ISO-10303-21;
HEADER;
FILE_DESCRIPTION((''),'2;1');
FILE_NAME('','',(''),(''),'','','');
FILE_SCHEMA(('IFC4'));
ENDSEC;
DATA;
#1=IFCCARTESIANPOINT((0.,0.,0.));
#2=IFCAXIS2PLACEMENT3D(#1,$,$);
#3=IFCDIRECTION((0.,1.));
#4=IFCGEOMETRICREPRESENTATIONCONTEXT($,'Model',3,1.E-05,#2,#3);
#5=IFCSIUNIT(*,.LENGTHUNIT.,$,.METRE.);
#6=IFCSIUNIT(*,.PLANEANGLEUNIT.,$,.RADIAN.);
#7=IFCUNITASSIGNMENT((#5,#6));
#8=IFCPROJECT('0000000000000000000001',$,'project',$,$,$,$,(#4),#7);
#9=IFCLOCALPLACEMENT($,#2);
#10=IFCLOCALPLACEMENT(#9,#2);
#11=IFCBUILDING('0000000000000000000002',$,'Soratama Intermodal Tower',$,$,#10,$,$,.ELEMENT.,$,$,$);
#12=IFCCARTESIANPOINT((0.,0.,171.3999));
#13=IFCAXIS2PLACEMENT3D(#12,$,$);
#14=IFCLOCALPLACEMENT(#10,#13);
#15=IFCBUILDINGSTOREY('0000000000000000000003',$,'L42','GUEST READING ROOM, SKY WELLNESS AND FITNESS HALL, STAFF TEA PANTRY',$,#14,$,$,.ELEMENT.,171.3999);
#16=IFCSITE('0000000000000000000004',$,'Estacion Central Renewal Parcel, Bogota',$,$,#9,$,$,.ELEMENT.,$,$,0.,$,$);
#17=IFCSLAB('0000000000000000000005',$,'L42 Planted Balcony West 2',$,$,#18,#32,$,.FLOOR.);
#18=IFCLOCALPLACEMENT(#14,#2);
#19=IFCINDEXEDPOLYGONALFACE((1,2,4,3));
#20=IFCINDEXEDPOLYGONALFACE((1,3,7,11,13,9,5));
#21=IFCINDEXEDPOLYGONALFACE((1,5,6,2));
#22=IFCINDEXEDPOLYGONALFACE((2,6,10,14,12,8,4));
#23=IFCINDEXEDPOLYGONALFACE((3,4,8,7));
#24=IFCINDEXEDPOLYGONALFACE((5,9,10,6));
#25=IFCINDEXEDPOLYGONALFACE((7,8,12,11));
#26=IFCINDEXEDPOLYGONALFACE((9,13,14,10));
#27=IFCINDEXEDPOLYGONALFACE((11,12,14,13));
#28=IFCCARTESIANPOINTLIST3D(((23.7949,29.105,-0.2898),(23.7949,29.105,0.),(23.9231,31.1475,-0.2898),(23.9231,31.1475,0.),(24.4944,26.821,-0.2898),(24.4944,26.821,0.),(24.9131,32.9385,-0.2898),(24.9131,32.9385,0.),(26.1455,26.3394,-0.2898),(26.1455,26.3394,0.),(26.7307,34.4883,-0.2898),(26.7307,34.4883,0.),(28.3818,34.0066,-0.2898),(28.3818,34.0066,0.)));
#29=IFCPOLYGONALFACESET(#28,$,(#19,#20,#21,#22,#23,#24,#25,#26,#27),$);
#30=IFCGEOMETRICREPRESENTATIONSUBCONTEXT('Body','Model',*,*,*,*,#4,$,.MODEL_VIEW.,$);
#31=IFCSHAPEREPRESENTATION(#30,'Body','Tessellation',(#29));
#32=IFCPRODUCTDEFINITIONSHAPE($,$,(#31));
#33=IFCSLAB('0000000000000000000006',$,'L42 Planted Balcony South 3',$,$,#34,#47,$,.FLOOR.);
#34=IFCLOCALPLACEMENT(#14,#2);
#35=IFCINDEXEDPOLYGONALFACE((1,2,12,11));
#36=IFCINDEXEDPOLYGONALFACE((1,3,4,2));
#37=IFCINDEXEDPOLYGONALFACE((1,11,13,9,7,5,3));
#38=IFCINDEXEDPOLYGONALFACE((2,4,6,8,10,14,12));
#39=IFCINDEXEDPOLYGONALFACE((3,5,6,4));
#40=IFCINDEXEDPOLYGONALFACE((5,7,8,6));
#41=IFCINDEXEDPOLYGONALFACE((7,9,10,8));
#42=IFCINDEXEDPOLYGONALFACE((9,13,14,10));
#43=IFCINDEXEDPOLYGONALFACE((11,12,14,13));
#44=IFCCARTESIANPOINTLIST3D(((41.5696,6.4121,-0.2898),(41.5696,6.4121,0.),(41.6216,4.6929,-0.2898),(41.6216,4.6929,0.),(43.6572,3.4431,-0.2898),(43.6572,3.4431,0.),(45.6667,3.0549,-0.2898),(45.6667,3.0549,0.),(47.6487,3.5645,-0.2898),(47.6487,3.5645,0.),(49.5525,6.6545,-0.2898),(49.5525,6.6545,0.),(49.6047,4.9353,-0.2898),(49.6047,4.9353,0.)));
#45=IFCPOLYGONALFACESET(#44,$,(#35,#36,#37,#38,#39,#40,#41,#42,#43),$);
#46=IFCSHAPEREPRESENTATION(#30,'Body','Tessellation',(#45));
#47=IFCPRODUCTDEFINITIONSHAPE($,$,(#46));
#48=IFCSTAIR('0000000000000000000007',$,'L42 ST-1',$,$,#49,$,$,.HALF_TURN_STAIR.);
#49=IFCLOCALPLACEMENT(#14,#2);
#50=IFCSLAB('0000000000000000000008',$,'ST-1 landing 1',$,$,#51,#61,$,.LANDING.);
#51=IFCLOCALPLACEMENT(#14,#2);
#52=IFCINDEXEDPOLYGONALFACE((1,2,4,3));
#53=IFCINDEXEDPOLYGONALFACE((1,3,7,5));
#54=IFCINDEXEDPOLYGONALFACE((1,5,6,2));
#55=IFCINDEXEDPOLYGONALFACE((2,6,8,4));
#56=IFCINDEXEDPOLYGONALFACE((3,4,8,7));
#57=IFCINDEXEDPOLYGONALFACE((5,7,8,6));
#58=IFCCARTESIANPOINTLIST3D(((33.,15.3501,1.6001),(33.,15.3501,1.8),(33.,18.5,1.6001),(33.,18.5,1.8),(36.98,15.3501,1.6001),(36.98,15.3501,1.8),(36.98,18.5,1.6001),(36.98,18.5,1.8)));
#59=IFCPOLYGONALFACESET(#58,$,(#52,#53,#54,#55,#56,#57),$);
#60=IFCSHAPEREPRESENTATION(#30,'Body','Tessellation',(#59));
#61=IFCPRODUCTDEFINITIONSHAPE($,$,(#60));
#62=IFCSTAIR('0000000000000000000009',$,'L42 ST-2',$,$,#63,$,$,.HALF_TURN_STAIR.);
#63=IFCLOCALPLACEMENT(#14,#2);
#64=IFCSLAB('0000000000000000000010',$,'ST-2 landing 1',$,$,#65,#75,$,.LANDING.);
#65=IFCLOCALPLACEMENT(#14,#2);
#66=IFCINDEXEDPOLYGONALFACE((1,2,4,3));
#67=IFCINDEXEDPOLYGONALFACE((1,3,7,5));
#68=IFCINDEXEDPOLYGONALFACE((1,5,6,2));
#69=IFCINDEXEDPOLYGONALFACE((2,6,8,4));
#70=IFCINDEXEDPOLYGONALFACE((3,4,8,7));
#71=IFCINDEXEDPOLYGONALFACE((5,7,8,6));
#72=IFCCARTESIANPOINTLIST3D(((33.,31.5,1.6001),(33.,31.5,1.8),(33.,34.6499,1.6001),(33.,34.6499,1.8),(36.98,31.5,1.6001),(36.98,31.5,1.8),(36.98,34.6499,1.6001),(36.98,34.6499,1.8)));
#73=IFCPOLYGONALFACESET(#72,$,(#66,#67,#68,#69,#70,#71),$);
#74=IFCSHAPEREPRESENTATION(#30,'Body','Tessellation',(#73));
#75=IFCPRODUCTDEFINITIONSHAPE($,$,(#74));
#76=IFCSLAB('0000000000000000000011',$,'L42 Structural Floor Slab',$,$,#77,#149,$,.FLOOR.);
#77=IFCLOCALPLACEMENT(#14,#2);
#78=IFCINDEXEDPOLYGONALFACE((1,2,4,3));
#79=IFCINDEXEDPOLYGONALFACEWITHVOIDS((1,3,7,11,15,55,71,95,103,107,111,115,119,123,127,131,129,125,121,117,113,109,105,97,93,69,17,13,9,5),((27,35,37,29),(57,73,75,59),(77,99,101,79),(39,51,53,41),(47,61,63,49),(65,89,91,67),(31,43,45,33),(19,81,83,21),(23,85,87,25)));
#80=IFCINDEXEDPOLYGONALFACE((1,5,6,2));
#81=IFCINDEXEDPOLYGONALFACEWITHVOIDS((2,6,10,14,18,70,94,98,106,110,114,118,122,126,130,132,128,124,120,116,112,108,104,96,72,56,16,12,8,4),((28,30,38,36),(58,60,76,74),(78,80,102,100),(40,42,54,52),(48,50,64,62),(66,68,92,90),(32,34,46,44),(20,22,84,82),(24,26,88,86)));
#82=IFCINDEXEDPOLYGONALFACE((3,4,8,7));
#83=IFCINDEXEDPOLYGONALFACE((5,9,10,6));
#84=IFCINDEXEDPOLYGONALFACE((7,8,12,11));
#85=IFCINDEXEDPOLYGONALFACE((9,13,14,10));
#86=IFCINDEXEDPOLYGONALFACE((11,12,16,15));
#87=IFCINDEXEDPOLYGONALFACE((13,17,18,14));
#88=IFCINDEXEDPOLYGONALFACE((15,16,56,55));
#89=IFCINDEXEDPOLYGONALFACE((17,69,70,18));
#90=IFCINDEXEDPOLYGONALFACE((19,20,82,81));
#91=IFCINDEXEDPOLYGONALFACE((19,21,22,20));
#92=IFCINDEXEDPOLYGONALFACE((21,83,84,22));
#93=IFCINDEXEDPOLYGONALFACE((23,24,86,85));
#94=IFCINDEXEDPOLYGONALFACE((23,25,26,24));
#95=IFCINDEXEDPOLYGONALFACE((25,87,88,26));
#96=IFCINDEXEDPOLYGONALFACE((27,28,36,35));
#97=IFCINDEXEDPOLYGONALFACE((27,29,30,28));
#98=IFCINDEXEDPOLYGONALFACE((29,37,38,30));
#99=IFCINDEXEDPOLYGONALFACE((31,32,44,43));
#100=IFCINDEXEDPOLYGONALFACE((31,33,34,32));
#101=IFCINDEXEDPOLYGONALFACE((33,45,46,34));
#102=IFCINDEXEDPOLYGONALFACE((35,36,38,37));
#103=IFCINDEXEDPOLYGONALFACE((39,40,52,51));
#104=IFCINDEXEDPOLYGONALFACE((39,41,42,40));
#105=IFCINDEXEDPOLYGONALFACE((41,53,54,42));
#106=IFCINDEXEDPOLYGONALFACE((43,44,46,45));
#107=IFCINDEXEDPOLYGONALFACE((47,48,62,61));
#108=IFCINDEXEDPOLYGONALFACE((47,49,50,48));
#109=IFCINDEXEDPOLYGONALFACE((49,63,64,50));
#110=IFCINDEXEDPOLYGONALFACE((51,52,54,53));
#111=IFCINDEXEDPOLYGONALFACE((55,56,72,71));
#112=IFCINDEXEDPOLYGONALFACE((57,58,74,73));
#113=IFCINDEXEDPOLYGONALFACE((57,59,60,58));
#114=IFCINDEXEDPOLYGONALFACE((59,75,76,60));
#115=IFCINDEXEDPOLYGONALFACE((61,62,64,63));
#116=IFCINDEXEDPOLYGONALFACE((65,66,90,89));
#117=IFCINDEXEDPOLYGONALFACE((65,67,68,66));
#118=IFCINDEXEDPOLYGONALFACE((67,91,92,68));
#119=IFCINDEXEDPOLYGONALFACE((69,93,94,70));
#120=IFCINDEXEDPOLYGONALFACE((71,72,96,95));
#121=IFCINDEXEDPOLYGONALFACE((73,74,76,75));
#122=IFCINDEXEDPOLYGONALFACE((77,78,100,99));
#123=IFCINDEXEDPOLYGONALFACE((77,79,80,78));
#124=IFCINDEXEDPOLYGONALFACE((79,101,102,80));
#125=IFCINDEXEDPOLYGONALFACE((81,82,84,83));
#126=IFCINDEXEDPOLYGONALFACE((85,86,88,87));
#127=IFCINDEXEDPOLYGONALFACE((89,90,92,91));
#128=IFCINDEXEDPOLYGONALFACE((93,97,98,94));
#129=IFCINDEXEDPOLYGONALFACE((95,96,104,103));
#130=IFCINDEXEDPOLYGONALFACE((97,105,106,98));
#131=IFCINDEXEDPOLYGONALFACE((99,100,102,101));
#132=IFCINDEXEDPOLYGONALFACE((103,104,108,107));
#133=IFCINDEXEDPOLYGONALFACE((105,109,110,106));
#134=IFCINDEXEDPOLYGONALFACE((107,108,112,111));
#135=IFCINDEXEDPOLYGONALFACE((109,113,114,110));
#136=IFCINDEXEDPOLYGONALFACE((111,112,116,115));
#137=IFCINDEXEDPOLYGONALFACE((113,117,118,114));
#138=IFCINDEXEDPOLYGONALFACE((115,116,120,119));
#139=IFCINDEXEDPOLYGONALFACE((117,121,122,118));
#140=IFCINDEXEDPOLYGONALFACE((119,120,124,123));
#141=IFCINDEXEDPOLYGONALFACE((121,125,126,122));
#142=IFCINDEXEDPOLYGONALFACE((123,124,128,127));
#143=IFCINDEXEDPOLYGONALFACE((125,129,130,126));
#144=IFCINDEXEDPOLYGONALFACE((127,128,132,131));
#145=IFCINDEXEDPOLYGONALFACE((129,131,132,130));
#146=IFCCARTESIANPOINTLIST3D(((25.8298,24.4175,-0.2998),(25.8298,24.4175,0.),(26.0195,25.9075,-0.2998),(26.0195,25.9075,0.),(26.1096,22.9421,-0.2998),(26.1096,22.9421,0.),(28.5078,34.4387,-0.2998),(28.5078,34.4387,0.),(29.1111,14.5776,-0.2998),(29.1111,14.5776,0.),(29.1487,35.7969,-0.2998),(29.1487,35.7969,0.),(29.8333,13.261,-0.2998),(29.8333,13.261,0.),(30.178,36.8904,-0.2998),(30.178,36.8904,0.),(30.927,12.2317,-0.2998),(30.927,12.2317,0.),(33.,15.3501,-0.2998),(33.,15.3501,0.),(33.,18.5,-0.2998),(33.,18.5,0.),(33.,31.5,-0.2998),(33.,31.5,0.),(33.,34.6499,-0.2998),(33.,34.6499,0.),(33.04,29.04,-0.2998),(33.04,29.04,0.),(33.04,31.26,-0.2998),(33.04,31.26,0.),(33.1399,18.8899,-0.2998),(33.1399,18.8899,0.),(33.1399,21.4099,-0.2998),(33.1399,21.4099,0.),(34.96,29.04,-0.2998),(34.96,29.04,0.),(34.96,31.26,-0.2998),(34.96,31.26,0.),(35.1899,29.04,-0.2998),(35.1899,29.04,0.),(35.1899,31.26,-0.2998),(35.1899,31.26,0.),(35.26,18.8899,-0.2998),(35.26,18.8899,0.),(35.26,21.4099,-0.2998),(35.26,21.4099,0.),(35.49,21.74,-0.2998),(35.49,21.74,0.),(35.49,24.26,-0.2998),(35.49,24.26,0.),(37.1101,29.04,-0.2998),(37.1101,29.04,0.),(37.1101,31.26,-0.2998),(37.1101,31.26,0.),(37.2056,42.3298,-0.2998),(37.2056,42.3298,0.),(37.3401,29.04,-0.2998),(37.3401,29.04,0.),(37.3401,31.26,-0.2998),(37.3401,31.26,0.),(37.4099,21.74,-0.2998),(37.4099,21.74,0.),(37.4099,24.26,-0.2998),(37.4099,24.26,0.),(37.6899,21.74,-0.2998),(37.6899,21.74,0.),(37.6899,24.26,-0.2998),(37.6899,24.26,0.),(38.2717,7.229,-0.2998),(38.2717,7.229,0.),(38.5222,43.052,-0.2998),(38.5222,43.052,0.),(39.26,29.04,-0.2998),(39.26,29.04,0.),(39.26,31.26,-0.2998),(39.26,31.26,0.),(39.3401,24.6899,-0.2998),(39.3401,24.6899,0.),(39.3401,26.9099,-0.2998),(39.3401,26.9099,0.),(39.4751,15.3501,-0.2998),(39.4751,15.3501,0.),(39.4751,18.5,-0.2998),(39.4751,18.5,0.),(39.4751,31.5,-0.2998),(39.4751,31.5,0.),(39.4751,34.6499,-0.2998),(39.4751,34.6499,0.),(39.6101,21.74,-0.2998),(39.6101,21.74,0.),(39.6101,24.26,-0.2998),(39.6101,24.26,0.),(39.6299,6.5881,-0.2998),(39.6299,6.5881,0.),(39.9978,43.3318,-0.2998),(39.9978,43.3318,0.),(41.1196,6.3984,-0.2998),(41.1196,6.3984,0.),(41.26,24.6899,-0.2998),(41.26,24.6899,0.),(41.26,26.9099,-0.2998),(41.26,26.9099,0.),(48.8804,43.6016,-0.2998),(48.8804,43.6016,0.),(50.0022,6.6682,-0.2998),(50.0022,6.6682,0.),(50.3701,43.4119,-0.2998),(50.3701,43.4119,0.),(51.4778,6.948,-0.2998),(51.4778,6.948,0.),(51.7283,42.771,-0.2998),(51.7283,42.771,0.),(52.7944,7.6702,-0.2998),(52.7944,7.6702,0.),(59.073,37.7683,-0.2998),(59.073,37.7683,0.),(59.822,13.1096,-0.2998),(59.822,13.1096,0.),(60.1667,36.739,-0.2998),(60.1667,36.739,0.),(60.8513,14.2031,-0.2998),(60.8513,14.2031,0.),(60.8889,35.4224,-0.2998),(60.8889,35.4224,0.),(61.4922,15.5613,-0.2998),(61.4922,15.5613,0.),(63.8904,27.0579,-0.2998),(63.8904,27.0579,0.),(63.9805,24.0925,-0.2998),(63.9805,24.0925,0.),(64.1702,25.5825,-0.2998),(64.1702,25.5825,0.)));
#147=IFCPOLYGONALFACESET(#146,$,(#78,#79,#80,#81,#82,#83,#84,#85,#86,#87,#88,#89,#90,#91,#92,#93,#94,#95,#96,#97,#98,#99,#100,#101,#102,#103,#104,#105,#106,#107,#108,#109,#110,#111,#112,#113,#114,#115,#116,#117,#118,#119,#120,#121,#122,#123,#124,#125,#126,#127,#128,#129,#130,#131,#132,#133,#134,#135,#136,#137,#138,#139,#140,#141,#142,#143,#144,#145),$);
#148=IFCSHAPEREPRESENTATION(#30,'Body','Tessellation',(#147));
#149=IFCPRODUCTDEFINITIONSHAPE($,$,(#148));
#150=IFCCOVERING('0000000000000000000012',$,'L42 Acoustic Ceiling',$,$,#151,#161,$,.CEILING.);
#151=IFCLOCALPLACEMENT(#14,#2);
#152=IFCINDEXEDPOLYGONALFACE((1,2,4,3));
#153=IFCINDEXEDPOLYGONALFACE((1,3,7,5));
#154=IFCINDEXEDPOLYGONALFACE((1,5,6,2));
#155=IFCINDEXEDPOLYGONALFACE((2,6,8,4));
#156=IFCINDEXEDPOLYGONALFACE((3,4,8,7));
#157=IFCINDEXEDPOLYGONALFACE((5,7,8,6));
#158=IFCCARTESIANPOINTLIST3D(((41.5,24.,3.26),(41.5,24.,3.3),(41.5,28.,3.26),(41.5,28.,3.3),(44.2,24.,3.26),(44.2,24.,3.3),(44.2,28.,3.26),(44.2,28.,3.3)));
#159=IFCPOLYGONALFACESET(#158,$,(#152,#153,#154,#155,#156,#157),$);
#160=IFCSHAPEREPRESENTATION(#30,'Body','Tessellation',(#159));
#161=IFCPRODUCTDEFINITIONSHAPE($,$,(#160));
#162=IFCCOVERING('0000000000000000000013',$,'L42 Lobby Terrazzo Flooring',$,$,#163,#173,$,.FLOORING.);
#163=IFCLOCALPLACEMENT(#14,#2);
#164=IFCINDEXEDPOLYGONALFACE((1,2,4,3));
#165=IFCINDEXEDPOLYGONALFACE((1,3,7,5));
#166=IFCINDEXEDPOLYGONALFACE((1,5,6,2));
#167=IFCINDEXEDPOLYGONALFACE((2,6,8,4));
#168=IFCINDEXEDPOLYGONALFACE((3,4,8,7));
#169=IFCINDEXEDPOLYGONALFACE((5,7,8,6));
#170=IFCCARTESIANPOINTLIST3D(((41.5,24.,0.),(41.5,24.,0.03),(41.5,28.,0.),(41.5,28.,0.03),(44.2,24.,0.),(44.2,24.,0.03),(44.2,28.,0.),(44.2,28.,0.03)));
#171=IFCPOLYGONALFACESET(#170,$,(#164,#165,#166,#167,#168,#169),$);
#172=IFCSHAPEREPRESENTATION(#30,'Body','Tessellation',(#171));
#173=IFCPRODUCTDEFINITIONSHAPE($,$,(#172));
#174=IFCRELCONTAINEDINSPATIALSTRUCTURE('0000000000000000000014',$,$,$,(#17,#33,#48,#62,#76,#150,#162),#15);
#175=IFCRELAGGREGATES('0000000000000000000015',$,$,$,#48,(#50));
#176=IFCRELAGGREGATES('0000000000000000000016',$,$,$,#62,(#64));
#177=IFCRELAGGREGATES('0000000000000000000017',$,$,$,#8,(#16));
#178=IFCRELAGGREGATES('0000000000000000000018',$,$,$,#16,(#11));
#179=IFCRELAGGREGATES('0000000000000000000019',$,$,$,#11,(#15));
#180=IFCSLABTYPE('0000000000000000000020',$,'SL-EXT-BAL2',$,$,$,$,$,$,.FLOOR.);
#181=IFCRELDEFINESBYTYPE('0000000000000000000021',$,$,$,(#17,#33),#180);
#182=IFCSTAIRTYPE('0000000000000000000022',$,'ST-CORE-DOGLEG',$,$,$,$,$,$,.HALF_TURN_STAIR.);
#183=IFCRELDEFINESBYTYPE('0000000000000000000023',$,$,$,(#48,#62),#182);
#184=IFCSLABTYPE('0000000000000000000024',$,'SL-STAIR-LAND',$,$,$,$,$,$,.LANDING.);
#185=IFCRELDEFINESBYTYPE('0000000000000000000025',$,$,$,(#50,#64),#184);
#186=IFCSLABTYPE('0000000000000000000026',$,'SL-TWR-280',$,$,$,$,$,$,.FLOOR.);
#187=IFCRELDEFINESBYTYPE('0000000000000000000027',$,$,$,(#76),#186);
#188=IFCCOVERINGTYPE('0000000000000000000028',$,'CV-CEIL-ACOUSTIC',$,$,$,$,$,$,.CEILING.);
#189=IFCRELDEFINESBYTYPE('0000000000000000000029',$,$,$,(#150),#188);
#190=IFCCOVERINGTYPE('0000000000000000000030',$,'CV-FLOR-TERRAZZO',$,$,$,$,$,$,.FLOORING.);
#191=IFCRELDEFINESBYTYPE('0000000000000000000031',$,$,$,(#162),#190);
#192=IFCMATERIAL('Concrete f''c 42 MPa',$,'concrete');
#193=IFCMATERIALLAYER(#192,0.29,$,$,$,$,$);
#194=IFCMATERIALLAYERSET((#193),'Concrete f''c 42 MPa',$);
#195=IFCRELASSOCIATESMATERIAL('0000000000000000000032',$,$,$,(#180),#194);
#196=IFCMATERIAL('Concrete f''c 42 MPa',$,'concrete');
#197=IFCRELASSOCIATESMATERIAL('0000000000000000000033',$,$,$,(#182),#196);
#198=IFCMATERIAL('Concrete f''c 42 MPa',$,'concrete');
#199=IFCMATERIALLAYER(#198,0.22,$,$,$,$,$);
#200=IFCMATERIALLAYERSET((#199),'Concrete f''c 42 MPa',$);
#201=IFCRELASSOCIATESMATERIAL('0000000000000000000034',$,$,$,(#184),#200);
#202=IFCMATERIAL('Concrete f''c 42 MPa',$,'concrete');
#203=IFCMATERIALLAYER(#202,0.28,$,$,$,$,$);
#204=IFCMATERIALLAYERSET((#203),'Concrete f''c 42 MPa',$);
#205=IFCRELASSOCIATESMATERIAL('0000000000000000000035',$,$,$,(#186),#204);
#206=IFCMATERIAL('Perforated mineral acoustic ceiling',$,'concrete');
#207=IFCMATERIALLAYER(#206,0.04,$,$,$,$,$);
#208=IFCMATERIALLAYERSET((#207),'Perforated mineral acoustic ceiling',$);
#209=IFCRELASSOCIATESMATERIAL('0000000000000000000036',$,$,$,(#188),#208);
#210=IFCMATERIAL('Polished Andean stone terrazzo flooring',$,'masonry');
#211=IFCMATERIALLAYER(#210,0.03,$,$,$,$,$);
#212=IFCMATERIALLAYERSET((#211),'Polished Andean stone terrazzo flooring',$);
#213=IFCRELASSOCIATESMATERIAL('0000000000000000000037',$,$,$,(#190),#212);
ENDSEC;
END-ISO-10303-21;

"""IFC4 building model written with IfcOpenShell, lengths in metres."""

from ifc_helpers import new_model, si_unit, direction, frame, origin, place, context, subcontext, project, spatial, polyline, outline, extrude, material, layer, layer_set, type_object, element, aggregate, save


model = new_model("IFC4")

# Units and contexts
model_context = context("Model", 3, precision=1e-05, world=origin(), true_north=direction((0.0, 1.0)))
body_context = subcontext(model_context, "Body", "Model", "MODEL_VIEW")
ifc_project = project(units=[si_unit("LENGTHUNIT", "METRE"), si_unit("PLANEANGLEUNIT", "RADIAN")], contexts=[model_context])

# Site, building, storey
site_placement = place(None, origin())
site = spatial("IfcSite", under=ifc_project, at=site_placement, Name="Estacion Central Renewal Parcel, Bogota", CompositionType="ELEMENT", RefElevation=0.0)
building_placement = place(site_placement, origin())
building = spatial("IfcBuilding", under=site, at=building_placement, Name="Soratama Intermodal Tower", CompositionType="ELEMENT")
storey_placement = place(building_placement, frame((0.0, 0.0, 171.3999)))
storey = spatial("IfcBuildingStorey", under=building, at=storey_placement, Name="L42", Description="GUEST READING ROOM, SKY WELLNESS AND FITNESS HALL, STAFF TEA PANTRY", CompositionType="ELEMENT", Elevation=171.3999)

# Slabs
ifc_material_1 = material(Name="Concrete f'c 42 MPa", Category="concrete")
ifc_layer_1 = layer(ifc_material_1, 0.29)
ifc_layer_set_1 = layer_set([ifc_layer_1], Name="Concrete f'c 42 MPa")
slab_type_1 = type_object("IfcSlabType", Name="SL-EXT-BAL2", PredefinedType="FLOOR", material=ifc_layer_set_1)
slab_1_placement = place(storey_placement, frame((0.0, 0.0, -0.2898)))
element("IfcSlab", 1, at=slab_1_placement, inside=storey, type_object=slab_type_1, Name="L42 Planted Balcony West 2", PredefinedType="FLOOR", context=body_context, shape_type="SweptSolid", body=[
    extrude(outline(polyline([(28.3818, 34.0066), (26.1455, 26.3394), (24.4944, 26.821), (23.7949, 29.105), (23.9231, 31.1475), (24.9131, 32.9385), (26.7307, 34.4883), (28.3818, 34.0066)])), origin(), (0.0, 0.0, 1.0), 0.2898),
])
slab_2_placement = place(storey_placement, frame((0.0, 0.0, -0.2898)))
element("IfcSlab", 2, at=slab_2_placement, inside=storey, type_object=slab_type_1, Name="L42 Planted Balcony South 3", PredefinedType="FLOOR", context=body_context, shape_type="SweptSolid", body=[
    extrude(outline(polyline([(41.5696, 6.4121), (49.5525, 6.6545), (49.6047, 4.9353), (47.6487, 3.5645), (45.6667, 3.0549), (43.6572, 3.4431), (41.6216, 4.6929), (41.5696, 6.4121)])), origin(), (0.0, 0.0, 1.0), 0.2898),
])

# Stairs, slabs
ifc_material_2 = material(Name="Concrete f'c 42 MPa", Category="concrete")
stair_type = type_object("IfcStairType", Name="ST-CORE-DOGLEG", PredefinedType="HALF_TURN_STAIR", material=ifc_material_2)
stair_1_placement = place(storey_placement, origin())
stair_1 = element("IfcStair", 3, at=stair_1_placement, inside=storey, type_object=stair_type, Name="L42 ST-1", PredefinedType="HALF_TURN_STAIR")
ifc_material_3 = material(Name="Concrete f'c 42 MPa", Category="concrete")
ifc_layer_2 = layer(ifc_material_3, 0.22)
ifc_layer_set_2 = layer_set([ifc_layer_2], Name="Concrete f'c 42 MPa")
slab_type_2 = type_object("IfcSlabType", Name="SL-STAIR-LAND", PredefinedType="LANDING", material=ifc_layer_set_2)
slab_3_placement = place(storey_placement, frame((0.0, 0.0, 1.6001)))
slab_3 = element("IfcSlab", 4, at=slab_3_placement, type_object=slab_type_2, Name="ST-1 landing 1", PredefinedType="LANDING", context=body_context, shape_type="SweptSolid", body=[
    extrude(outline(polyline([(36.98, 18.5), (33.0, 18.5), (33.0, 15.3501), (36.98, 15.3501), (36.98, 18.5)])), origin(), (0.0, 0.0, 1.0), 0.2),
])
aggregate(stair_1, [slab_3])
stair_2_placement = place(storey_placement, origin())
stair_2 = element("IfcStair", 5, at=stair_2_placement, inside=storey, type_object=stair_type, Name="L42 ST-2", PredefinedType="HALF_TURN_STAIR")
slab_4_placement = place(storey_placement, frame((0.0, 0.0, 1.6001)))
slab_4 = element("IfcSlab", 6, at=slab_4_placement, type_object=slab_type_2, Name="ST-2 landing 1", PredefinedType="LANDING", context=body_context, shape_type="SweptSolid", body=[
    extrude(outline(polyline([(36.98, 34.6499), (33.0, 34.6499), (33.0, 31.5), (36.98, 31.5), (36.98, 34.6499)])), origin(), (0.0, 0.0, 1.0), 0.2),
])
aggregate(stair_2, [slab_4])

# Slab
ifc_material_4 = material(Name="Concrete f'c 42 MPa", Category="concrete")
ifc_layer_3 = layer(ifc_material_4, 0.28)
ifc_layer_set_3 = layer_set([ifc_layer_3], Name="Concrete f'c 42 MPa")
slab_type_3 = type_object("IfcSlabType", Name="SL-TWR-280", PredefinedType="FLOOR", material=ifc_layer_set_3)
slab_5_placement = place(storey_placement, frame((0.0, 0.0, -0.2998)))
element("IfcSlab", 7, at=slab_5_placement, inside=storey, type_object=slab_type_3, Name="L42 Structural Floor Slab", PredefinedType="FLOOR", context=body_context, shape_type="SweptSolid", body=[
    extrude(outline(polyline([(60.8889, 35.4224), (60.1667, 36.739), (59.073, 37.7683), (51.7283, 42.771), (50.3701, 43.4119), (48.8804, 43.6016), (39.9978, 43.3318), (38.5222, 43.052), (37.2056, 42.3298), (30.178, 36.8904), (29.1487, 35.7969), (28.5078, 34.4387), (26.0195, 25.9075), (25.8298, 24.4175), (26.1096, 22.9421), (29.1111, 14.5776), (29.8333, 13.261), (30.927, 12.2317), (38.2717, 7.229), (39.6299, 6.5881), (41.1196, 6.3984), (50.0022, 6.6682), (51.4778, 6.948), (52.7944, 7.6702), (59.822, 13.1096), (60.8513, 14.2031), (61.4922, 15.5613), (63.9805, 24.0925), (64.1702, 25.5825), (63.8904, 27.0579), (60.8889, 35.4224)]), holes=[polyline([(33.0, 18.5), (33.0, 15.3501), (39.4751, 15.3501), (39.4751, 18.5), (33.0, 18.5)]), polyline([(35.26, 21.4099), (33.1399, 21.4099), (33.1399, 18.8899), (35.26, 18.8899), (35.26, 21.4099)]), polyline([(37.4099, 24.26), (35.49, 24.26), (35.49, 21.74), (37.4099, 21.74), (37.4099, 24.26)]), polyline([(39.6101, 24.26), (37.6899, 24.26), (37.6899, 21.74), (39.6101, 21.74), (39.6101, 24.26)]), polyline([(41.26, 26.9099), (39.3401, 26.9099), (39.3401, 24.6899), (41.26, 24.6899), (41.26, 26.9099)]), polyline([(34.96, 31.26), (33.04, 31.26), (33.04, 29.04), (34.96, 29.04), (34.96, 31.26)]), polyline([(37.1101, 31.26), (35.1899, 31.26), (35.1899, 29.04), (37.1101, 29.04), (37.1101, 31.26)]), polyline([(39.26, 29.04), (39.26, 31.26), (37.3401, 31.26), (37.3401, 29.04), (39.26, 29.04)]), polyline([(39.4751, 34.6499), (33.0, 34.6499), (33.0, 31.5), (39.4751, 31.5), (39.4751, 34.6499)])]), origin(), (0.0, 0.0, 1.0), 0.2998),
])

# Coverings
ifc_material_5 = material(Name="Perforated mineral acoustic ceiling", Category="concrete")
ifc_layer_4 = layer(ifc_material_5, 0.04)
ifc_layer_set_4 = layer_set([ifc_layer_4], Name="Perforated mineral acoustic ceiling")
covering_type_1 = type_object("IfcCoveringType", Name="CV-CEIL-ACOUSTIC", PredefinedType="CEILING", material=ifc_layer_set_4)
covering_1_placement = place(storey_placement, frame((0.0, 0.0, 3.26)))
element("IfcCovering", 8, at=covering_1_placement, inside=storey, type_object=covering_type_1, Name="L42 Acoustic Ceiling", PredefinedType="CEILING", context=body_context, shape_type="SweptSolid", body=[
    extrude(outline(polyline([(41.5, 24.0), (44.2, 24.0), (44.2, 28.0), (41.5, 28.0), (41.5, 24.0)])), origin(), (0.0, 0.0, 1.0), 0.04),
])
ifc_material_6 = material(Name="Polished Andean stone terrazzo flooring", Category="masonry")
ifc_layer_5 = layer(ifc_material_6, 0.03)
ifc_layer_set_5 = layer_set([ifc_layer_5], Name="Polished Andean stone terrazzo flooring")
covering_type_2 = type_object("IfcCoveringType", Name="CV-FLOR-TERRAZZO", PredefinedType="FLOORING", material=ifc_layer_set_5)
covering_2_placement = place(storey_placement, origin())
element("IfcCovering", 9, at=covering_2_placement, inside=storey, type_object=covering_type_2, Name="L42 Lobby Terrazzo Flooring", PredefinedType="FLOORING", context=body_context, shape_type="SweptSolid", body=[
    extrude(outline(polyline([(41.5, 24.0), (44.2, 24.0), (44.2, 28.0), (41.5, 28.0), (41.5, 24.0)])), origin(), (0.0, 0.0, 1.0), 0.03),
])

save(model, "model.ifc")
